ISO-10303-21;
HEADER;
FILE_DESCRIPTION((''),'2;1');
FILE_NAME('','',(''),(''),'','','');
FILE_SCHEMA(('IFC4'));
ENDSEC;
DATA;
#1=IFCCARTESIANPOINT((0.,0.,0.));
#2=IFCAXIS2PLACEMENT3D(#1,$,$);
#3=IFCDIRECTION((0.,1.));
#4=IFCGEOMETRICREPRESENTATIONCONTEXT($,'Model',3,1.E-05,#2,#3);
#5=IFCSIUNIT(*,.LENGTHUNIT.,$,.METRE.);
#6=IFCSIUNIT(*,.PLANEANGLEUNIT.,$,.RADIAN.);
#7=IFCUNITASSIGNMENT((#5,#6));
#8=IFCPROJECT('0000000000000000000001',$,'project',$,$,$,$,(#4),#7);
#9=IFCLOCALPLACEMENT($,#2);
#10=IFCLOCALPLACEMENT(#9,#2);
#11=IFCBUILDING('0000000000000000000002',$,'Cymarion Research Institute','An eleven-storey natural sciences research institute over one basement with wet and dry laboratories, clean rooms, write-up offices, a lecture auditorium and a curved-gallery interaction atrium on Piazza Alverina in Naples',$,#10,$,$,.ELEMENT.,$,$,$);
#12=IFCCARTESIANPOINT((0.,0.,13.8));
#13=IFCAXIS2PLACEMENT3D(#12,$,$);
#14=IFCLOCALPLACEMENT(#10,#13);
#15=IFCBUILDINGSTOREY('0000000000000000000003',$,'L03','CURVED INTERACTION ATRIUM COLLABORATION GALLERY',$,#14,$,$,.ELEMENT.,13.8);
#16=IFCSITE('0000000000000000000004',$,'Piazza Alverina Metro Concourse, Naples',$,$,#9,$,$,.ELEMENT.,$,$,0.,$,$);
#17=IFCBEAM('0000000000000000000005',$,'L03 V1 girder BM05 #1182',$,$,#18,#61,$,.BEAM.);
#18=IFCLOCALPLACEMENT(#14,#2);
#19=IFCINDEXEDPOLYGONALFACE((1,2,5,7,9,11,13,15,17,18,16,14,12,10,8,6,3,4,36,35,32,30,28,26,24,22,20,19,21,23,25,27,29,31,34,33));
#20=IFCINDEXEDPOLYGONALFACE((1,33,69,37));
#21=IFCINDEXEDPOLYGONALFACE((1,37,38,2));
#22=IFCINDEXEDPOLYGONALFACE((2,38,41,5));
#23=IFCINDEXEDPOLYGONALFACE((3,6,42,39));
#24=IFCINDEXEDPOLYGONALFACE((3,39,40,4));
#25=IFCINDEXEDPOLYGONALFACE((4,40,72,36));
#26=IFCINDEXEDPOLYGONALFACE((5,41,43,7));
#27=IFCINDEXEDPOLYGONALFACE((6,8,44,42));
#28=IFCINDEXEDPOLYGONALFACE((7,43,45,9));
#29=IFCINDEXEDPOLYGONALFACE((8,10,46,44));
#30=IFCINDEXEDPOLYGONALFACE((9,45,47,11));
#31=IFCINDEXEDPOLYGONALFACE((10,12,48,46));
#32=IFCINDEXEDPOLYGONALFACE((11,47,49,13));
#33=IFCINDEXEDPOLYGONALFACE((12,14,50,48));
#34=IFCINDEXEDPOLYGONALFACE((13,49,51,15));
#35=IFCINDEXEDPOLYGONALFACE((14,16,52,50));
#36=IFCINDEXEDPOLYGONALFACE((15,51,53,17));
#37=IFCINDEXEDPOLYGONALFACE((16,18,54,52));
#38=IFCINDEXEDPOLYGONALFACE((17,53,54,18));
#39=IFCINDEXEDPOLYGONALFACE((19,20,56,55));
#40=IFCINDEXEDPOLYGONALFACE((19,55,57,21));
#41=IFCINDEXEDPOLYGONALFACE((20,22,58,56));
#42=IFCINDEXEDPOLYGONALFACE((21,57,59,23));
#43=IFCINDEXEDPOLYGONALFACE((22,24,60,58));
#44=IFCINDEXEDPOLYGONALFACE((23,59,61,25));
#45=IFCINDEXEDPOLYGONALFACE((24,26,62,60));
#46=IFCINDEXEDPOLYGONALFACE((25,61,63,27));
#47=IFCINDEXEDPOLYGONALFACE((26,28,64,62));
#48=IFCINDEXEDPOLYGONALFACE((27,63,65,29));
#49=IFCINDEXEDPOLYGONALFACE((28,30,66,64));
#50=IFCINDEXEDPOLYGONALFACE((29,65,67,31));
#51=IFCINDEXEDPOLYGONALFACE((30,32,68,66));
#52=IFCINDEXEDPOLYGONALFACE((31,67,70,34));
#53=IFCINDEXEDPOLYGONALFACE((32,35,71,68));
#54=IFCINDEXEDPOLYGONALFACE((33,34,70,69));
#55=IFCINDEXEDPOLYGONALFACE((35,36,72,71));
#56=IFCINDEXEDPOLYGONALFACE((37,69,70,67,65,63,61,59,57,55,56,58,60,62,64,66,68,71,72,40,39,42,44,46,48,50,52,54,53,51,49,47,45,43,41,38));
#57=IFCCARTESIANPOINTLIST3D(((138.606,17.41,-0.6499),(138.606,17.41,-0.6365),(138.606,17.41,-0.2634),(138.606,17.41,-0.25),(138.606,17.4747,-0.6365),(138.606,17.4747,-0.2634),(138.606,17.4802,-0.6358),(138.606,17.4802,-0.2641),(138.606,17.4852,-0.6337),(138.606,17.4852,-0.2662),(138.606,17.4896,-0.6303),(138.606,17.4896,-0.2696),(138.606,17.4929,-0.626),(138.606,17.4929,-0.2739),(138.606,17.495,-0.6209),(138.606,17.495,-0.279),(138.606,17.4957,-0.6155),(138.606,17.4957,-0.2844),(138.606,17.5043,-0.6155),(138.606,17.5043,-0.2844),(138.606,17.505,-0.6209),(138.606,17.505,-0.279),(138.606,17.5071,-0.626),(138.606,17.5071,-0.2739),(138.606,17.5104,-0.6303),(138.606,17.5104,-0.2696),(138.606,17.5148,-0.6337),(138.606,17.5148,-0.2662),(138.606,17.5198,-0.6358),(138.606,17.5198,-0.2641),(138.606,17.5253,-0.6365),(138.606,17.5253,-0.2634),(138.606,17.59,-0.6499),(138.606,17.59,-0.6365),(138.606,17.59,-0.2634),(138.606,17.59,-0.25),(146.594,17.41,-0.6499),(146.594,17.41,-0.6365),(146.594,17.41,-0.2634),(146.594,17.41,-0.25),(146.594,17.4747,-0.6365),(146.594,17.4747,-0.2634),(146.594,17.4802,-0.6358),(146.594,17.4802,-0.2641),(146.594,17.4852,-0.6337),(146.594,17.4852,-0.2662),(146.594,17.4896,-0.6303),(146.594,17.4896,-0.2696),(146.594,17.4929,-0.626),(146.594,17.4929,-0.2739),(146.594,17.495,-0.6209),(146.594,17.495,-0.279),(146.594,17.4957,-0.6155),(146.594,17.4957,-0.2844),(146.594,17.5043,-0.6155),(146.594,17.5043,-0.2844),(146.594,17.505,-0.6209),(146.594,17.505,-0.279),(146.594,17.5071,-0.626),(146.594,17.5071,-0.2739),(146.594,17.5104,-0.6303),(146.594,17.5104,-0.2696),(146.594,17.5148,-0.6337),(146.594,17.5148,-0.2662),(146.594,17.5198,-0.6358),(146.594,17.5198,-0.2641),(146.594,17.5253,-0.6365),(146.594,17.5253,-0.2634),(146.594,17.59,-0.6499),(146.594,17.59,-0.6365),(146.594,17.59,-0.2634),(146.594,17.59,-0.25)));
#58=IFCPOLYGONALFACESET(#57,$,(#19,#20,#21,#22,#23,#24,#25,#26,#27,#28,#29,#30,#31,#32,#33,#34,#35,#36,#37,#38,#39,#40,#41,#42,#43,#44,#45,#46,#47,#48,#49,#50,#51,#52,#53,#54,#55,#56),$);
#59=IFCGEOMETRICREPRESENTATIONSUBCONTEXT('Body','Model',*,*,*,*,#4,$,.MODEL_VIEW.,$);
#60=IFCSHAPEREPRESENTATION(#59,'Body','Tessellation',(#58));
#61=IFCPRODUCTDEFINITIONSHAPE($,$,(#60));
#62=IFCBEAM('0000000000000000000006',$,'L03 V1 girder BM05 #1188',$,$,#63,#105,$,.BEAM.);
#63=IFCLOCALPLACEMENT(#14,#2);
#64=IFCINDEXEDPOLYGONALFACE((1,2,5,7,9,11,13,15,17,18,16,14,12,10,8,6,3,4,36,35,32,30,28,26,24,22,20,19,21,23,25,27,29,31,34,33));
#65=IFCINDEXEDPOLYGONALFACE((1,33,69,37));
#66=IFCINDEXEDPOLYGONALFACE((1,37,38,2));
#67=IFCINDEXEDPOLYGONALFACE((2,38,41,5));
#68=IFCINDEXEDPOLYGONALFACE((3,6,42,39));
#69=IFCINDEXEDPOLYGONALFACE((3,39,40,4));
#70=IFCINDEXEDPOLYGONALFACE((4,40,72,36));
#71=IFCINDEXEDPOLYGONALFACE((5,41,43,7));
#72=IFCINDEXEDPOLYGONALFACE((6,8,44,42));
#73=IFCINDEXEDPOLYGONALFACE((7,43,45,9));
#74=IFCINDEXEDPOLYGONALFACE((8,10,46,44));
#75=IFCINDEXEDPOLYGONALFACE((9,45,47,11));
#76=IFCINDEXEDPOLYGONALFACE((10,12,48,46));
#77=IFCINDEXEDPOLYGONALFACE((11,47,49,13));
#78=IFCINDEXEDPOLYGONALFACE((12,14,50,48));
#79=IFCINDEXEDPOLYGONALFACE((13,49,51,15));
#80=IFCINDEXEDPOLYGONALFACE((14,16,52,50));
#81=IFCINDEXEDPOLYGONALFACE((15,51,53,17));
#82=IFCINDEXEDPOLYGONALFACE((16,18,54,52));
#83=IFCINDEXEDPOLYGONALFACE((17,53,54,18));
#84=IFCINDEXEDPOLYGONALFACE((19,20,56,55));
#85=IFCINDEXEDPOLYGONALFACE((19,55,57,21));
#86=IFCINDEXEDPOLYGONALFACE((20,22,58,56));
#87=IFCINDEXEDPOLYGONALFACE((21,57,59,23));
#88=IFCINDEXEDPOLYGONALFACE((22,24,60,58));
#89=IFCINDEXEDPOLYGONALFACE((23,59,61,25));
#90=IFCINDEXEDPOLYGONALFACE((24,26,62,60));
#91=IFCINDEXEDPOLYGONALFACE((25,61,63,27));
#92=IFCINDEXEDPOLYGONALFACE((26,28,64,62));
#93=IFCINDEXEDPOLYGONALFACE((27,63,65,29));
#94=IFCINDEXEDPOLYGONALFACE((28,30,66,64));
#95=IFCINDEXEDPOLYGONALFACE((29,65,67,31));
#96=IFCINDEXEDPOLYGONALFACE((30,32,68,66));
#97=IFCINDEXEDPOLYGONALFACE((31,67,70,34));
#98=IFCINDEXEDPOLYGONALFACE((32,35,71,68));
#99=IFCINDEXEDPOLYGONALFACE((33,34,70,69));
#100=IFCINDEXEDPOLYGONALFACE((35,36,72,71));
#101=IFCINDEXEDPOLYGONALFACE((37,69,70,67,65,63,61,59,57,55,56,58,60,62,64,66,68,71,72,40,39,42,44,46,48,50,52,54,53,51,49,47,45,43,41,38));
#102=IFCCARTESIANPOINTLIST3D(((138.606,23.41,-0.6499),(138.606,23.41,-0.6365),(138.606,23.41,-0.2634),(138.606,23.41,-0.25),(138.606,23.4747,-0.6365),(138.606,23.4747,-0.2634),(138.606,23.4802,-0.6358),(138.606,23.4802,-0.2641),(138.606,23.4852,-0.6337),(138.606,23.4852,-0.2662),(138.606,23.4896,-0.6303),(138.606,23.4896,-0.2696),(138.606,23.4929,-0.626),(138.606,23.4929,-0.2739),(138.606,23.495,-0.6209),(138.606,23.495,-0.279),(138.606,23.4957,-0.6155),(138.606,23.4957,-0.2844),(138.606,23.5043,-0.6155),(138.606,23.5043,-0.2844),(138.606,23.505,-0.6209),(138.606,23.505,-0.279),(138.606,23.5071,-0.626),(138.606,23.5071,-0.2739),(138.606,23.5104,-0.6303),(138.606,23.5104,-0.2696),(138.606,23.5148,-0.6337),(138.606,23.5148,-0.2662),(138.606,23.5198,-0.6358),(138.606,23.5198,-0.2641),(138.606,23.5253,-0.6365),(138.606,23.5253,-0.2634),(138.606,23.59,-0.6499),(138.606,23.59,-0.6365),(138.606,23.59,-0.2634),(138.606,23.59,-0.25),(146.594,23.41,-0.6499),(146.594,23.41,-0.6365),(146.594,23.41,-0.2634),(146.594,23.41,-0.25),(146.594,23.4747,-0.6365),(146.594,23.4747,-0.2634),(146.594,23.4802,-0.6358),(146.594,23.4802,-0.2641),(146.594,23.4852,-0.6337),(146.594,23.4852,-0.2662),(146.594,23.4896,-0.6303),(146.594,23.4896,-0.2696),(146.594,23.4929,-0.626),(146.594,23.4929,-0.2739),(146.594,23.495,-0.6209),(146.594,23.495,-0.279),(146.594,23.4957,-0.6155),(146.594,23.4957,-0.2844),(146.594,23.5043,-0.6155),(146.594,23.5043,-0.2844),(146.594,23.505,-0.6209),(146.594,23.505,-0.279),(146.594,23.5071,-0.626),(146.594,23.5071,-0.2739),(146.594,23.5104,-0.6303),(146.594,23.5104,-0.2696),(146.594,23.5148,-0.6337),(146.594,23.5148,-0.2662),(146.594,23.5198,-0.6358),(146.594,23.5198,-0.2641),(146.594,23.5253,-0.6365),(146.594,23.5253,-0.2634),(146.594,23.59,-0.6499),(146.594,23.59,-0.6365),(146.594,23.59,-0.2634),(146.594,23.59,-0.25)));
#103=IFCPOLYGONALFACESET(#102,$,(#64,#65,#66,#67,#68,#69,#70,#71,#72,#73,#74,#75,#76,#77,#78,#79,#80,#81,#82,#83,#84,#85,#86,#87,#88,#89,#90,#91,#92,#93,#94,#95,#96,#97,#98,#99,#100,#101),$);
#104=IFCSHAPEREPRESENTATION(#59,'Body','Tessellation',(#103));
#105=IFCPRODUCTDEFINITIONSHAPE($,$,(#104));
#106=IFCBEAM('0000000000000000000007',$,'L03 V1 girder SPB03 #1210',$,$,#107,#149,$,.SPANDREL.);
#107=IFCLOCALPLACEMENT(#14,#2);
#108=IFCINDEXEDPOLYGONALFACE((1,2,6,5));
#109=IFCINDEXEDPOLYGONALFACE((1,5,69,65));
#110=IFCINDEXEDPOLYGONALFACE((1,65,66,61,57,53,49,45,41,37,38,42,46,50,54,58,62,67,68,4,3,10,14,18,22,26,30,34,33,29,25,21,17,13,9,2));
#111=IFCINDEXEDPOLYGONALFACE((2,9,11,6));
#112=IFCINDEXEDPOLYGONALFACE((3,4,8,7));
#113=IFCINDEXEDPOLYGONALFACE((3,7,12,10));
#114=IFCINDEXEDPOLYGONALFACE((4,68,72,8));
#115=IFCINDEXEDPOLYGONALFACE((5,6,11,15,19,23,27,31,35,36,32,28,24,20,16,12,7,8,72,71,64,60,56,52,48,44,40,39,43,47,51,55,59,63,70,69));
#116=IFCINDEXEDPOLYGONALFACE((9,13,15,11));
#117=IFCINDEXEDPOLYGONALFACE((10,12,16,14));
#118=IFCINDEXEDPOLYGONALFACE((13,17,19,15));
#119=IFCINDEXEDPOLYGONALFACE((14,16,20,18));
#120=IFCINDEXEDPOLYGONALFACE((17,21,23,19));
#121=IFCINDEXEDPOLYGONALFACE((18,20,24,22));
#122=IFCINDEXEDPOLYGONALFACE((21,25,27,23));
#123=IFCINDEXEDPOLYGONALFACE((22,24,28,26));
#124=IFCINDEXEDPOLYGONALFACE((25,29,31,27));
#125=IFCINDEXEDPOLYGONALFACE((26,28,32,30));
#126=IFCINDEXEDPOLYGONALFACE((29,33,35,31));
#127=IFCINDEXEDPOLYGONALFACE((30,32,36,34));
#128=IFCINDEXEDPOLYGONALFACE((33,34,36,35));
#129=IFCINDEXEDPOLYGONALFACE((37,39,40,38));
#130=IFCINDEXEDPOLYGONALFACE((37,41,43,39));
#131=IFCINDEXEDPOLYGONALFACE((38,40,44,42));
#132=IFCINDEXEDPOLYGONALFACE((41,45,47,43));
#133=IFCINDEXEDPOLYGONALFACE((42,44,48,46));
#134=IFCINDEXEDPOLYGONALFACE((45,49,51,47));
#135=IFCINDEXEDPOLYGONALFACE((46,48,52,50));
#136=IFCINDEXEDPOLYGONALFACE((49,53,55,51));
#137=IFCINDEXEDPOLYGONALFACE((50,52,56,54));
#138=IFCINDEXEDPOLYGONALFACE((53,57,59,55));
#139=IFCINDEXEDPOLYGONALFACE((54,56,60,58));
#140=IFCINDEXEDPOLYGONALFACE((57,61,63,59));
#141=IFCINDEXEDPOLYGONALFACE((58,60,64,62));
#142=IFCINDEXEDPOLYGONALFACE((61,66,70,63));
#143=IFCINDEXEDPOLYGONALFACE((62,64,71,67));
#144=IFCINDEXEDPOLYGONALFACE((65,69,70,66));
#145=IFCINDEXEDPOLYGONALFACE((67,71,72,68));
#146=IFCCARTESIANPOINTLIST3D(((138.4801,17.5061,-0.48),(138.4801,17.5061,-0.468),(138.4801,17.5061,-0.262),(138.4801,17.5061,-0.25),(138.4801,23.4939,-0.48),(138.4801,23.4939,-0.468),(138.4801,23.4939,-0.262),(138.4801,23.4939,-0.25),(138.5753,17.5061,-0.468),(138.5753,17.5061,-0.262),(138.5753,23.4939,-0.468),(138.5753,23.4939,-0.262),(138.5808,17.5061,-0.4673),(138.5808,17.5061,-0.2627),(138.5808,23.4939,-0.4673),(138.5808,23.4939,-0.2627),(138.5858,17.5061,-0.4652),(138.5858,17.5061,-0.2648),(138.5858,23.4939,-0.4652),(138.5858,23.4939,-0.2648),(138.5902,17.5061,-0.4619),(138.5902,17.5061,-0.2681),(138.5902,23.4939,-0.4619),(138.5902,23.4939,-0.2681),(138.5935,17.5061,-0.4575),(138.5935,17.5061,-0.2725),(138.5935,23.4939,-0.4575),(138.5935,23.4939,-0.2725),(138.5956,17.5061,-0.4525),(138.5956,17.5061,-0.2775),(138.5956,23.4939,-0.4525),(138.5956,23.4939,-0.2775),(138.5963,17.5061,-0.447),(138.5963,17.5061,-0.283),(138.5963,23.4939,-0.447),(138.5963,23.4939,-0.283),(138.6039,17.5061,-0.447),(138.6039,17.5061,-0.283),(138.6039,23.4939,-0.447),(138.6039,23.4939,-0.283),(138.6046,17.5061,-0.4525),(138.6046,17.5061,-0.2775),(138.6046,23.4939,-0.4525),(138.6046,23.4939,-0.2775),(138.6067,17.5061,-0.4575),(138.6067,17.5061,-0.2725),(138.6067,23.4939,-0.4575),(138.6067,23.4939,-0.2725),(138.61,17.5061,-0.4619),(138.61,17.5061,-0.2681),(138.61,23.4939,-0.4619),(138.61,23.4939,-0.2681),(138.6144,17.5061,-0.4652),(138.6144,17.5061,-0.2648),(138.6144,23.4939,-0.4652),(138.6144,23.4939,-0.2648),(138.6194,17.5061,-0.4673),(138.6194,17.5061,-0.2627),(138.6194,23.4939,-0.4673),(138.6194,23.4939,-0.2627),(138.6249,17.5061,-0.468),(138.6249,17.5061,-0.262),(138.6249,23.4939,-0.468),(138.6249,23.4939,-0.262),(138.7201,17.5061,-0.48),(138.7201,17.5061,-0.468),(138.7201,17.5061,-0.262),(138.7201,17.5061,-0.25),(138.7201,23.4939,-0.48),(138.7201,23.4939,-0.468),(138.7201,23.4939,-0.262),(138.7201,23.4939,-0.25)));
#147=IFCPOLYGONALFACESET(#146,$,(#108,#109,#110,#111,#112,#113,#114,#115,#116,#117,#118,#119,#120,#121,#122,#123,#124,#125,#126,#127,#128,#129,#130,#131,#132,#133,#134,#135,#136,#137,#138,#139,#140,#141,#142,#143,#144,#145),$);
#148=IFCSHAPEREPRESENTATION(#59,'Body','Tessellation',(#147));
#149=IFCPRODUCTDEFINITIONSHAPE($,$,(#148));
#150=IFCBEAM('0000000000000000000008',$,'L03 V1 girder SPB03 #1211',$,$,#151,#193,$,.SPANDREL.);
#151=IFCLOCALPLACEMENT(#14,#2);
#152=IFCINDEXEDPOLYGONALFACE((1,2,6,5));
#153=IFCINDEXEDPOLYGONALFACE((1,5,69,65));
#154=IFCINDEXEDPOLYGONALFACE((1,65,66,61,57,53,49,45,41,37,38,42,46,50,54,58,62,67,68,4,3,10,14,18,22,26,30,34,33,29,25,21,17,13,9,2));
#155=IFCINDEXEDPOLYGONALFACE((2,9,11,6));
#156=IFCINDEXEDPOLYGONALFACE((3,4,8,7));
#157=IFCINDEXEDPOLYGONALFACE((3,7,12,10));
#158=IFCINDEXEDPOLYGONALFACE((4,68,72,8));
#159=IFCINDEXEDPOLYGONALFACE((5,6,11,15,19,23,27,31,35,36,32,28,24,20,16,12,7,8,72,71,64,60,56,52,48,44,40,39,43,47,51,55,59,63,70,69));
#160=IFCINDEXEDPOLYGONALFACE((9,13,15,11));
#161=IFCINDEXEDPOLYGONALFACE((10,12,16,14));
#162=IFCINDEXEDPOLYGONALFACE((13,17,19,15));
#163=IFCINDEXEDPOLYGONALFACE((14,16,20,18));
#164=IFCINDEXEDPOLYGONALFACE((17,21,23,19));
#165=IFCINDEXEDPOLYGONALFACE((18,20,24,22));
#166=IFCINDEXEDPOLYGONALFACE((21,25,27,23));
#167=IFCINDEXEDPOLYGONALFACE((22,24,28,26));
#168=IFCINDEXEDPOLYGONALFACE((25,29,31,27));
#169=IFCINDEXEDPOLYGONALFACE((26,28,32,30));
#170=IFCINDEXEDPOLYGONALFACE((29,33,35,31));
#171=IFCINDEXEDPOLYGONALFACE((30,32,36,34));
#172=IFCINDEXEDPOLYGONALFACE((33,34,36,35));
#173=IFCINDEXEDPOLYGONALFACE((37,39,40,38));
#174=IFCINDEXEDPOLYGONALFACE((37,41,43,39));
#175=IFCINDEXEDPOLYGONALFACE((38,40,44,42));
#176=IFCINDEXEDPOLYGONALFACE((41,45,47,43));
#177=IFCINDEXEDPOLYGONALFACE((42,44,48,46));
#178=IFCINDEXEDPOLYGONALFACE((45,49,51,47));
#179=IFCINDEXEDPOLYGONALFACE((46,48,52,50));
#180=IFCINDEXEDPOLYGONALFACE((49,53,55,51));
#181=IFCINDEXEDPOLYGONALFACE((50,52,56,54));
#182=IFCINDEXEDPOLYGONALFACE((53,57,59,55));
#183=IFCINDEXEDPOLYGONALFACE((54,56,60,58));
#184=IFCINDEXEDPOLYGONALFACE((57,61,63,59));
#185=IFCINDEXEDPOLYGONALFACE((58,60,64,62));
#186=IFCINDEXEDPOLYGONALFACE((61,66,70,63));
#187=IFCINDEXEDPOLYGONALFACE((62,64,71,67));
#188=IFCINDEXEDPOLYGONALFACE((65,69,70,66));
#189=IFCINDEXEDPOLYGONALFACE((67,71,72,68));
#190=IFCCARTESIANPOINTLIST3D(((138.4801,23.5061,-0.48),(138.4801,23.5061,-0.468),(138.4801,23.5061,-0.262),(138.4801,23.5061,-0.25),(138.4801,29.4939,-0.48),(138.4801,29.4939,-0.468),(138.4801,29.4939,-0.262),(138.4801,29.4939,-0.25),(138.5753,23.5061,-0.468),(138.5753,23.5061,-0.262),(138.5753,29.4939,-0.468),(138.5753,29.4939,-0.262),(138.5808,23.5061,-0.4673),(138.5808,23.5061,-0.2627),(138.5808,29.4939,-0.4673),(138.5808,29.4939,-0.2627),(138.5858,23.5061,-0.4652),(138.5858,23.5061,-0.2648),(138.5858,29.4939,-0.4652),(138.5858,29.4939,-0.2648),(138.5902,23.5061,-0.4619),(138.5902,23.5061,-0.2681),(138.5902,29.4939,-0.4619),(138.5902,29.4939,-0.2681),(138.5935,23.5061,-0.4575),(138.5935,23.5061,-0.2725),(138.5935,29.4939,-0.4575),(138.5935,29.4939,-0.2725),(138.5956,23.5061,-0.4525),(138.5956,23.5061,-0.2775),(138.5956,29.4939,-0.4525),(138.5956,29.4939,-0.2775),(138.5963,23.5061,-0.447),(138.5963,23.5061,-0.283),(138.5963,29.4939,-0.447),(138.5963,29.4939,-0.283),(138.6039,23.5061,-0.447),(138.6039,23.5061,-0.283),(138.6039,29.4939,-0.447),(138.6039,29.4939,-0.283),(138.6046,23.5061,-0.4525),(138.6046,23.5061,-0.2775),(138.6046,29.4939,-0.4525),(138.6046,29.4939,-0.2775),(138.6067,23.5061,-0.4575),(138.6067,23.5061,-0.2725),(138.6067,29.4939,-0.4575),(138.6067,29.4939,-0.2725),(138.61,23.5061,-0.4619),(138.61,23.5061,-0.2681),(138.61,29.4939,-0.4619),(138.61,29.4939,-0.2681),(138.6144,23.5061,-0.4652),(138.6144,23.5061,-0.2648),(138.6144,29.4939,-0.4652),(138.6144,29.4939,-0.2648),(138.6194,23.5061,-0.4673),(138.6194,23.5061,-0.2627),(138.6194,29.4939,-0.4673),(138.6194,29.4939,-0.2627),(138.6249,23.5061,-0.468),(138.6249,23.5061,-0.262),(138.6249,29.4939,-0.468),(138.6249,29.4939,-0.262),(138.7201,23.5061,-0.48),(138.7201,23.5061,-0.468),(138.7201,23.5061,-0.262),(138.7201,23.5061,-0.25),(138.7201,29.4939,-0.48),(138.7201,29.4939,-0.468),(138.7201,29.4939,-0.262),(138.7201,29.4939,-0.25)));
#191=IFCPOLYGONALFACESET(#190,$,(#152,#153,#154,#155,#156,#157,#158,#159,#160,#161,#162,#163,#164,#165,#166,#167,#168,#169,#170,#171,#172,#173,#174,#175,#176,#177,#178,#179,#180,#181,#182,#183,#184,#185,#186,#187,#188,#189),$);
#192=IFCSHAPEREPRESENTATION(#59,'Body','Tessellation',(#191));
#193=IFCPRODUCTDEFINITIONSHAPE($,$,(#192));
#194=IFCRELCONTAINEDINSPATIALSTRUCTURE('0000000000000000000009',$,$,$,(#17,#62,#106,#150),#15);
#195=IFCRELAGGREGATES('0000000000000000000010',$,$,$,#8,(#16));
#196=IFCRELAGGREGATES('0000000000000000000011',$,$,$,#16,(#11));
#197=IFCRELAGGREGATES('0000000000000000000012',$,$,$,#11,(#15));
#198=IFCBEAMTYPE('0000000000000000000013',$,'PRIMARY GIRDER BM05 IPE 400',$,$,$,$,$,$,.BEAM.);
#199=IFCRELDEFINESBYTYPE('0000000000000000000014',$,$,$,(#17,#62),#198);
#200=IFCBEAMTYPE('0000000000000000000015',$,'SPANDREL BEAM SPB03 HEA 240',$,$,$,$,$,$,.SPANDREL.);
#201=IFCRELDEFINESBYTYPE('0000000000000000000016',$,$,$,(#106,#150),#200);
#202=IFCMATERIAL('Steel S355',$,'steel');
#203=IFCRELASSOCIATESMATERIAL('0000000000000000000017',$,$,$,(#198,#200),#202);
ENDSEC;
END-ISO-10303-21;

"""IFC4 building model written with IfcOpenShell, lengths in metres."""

from ifc_helpers import new_model, si_unit, direction, frame, origin, origin_2d, place, context, subcontext, project, spatial, i_section, extrude, material, material_profile, profile_set, type_object, element, save


model = new_model("IFC4")

# Units and contexts
model_context = context("Model", 3, precision=1e-05, world=origin(), true_north=direction((0.0, 1.0)))
body_context = subcontext(model_context, "Body", "Model", "MODEL_VIEW")
ifc_project = project(units=[si_unit("LENGTHUNIT", "METRE"), si_unit("PLANEANGLEUNIT", "RADIAN")], contexts=[model_context])

# Site, building, storey
site_placement = place(None, origin())
site = spatial("IfcSite", under=ifc_project, at=site_placement, Name="Piazza Alverina Metro Concourse, Naples", CompositionType="ELEMENT", RefElevation=0.0)
building_placement = place(site_placement, origin())
building = spatial("IfcBuilding", under=site, at=building_placement, Name="Cymarion Research Institute", Description="An eleven-storey natural sciences research institute over one basement with wet and dry laboratories, clean rooms, write-up offices, a lecture auditorium and a curved-gallery interaction atrium on Piazza Alverina in Naples", CompositionType="ELEMENT")
storey_placement = place(building_placement, frame((0.0, 0.0, 13.8)))
storey = spatial("IfcBuildingStorey", under=building, at=storey_placement, Name="L03", Description="CURVED INTERACTION ATRIUM COLLABORATION GALLERY", CompositionType="ELEMENT", Elevation=13.8)

# Shared definitions
ifc_material_1 = material(Name="Steel S355", Category="steel")

# Beams
ifc_material_profile_1 = material_profile(ifc_material_1, i_section(OverallWidth=0.1799, OverallDepth=0.3999, WebThickness=0.0085, FlangeThickness=0.0134, FilletRadius=0.021, at=origin_2d()), Name="IPE 400")
ifc_profile_set_1 = profile_set([ifc_material_profile_1], Name="Steel S355")
beam_type_1 = type_object("IfcBeamType", Name="PRIMARY GIRDER BM05 IPE 400", PredefinedType="BEAM", material=ifc_profile_set_1)
for number, where, z_axis, x_axis, name in (
    (1, (138.606, 17.5, -0.45), (1.0, 0.0, 0.0), (0.0, 1.0, 0.0), "L03 V1 girder BM05 #1182"),
    (2, (138.606, 23.5, -0.45), (1.0, 0.0, 0.0), (0.0, 1.0, 0.0), "L03 V1 girder BM05 #1188"),
):
    element("IfcBeam", number, at=place(storey_placement, frame(where, z_axis=z_axis, x_axis=x_axis)), inside=storey, type_object=beam_type_1, Name=name, PredefinedType="BEAM", context=body_context, shape_type="SweptSolid", body=[
        extrude(i_section(OverallWidth=0.1799, OverallDepth=0.3999, WebThickness=0.0085, FlangeThickness=0.0134, FilletRadius=0.021, at=origin_2d()), origin(), (0.0, 0.0, 1.0), 7.988),
    ])
ifc_material_profile_2 = material_profile(ifc_material_1, i_section(OverallWidth=0.24, OverallDepth=0.23, WebThickness=0.0076, FlangeThickness=0.012, FilletRadius=0.021, at=origin_2d()), Name="HEA 240")
ifc_profile_set_2 = profile_set([ifc_material_profile_2], Name="Steel S355")
beam_type_2 = type_object("IfcBeamType", Name="SPANDREL BEAM SPB03 HEA 240", PredefinedType="SPANDREL", material=ifc_profile_set_2)
for number, where, z_axis, x_axis, name in (
    (3, (138.6001, 17.5061, -0.365), (0.0, 1.0, 0.0), (-1.0, 0.0, 0.0), "L03 V1 girder SPB03 #1210"),
    (4, (138.6001, 23.5061, -0.365), (0.0, 1.0, 0.0), (-1.0, 0.0, 0.0), "L03 V1 girder SPB03 #1211"),
):
    element("IfcBeam", number, at=place(storey_placement, frame(where, z_axis=z_axis, x_axis=x_axis)), inside=storey, type_object=beam_type_2, Name=name, PredefinedType="SPANDREL", context=body_context, shape_type="SweptSolid", body=[
        extrude(i_section(OverallWidth=0.24, OverallDepth=0.23, WebThickness=0.0076, FlangeThickness=0.012, FilletRadius=0.021, at=origin_2d()), origin(), (0.0, 0.0, 1.0), 5.9878),
    ])

save(model, "model.ifc")
